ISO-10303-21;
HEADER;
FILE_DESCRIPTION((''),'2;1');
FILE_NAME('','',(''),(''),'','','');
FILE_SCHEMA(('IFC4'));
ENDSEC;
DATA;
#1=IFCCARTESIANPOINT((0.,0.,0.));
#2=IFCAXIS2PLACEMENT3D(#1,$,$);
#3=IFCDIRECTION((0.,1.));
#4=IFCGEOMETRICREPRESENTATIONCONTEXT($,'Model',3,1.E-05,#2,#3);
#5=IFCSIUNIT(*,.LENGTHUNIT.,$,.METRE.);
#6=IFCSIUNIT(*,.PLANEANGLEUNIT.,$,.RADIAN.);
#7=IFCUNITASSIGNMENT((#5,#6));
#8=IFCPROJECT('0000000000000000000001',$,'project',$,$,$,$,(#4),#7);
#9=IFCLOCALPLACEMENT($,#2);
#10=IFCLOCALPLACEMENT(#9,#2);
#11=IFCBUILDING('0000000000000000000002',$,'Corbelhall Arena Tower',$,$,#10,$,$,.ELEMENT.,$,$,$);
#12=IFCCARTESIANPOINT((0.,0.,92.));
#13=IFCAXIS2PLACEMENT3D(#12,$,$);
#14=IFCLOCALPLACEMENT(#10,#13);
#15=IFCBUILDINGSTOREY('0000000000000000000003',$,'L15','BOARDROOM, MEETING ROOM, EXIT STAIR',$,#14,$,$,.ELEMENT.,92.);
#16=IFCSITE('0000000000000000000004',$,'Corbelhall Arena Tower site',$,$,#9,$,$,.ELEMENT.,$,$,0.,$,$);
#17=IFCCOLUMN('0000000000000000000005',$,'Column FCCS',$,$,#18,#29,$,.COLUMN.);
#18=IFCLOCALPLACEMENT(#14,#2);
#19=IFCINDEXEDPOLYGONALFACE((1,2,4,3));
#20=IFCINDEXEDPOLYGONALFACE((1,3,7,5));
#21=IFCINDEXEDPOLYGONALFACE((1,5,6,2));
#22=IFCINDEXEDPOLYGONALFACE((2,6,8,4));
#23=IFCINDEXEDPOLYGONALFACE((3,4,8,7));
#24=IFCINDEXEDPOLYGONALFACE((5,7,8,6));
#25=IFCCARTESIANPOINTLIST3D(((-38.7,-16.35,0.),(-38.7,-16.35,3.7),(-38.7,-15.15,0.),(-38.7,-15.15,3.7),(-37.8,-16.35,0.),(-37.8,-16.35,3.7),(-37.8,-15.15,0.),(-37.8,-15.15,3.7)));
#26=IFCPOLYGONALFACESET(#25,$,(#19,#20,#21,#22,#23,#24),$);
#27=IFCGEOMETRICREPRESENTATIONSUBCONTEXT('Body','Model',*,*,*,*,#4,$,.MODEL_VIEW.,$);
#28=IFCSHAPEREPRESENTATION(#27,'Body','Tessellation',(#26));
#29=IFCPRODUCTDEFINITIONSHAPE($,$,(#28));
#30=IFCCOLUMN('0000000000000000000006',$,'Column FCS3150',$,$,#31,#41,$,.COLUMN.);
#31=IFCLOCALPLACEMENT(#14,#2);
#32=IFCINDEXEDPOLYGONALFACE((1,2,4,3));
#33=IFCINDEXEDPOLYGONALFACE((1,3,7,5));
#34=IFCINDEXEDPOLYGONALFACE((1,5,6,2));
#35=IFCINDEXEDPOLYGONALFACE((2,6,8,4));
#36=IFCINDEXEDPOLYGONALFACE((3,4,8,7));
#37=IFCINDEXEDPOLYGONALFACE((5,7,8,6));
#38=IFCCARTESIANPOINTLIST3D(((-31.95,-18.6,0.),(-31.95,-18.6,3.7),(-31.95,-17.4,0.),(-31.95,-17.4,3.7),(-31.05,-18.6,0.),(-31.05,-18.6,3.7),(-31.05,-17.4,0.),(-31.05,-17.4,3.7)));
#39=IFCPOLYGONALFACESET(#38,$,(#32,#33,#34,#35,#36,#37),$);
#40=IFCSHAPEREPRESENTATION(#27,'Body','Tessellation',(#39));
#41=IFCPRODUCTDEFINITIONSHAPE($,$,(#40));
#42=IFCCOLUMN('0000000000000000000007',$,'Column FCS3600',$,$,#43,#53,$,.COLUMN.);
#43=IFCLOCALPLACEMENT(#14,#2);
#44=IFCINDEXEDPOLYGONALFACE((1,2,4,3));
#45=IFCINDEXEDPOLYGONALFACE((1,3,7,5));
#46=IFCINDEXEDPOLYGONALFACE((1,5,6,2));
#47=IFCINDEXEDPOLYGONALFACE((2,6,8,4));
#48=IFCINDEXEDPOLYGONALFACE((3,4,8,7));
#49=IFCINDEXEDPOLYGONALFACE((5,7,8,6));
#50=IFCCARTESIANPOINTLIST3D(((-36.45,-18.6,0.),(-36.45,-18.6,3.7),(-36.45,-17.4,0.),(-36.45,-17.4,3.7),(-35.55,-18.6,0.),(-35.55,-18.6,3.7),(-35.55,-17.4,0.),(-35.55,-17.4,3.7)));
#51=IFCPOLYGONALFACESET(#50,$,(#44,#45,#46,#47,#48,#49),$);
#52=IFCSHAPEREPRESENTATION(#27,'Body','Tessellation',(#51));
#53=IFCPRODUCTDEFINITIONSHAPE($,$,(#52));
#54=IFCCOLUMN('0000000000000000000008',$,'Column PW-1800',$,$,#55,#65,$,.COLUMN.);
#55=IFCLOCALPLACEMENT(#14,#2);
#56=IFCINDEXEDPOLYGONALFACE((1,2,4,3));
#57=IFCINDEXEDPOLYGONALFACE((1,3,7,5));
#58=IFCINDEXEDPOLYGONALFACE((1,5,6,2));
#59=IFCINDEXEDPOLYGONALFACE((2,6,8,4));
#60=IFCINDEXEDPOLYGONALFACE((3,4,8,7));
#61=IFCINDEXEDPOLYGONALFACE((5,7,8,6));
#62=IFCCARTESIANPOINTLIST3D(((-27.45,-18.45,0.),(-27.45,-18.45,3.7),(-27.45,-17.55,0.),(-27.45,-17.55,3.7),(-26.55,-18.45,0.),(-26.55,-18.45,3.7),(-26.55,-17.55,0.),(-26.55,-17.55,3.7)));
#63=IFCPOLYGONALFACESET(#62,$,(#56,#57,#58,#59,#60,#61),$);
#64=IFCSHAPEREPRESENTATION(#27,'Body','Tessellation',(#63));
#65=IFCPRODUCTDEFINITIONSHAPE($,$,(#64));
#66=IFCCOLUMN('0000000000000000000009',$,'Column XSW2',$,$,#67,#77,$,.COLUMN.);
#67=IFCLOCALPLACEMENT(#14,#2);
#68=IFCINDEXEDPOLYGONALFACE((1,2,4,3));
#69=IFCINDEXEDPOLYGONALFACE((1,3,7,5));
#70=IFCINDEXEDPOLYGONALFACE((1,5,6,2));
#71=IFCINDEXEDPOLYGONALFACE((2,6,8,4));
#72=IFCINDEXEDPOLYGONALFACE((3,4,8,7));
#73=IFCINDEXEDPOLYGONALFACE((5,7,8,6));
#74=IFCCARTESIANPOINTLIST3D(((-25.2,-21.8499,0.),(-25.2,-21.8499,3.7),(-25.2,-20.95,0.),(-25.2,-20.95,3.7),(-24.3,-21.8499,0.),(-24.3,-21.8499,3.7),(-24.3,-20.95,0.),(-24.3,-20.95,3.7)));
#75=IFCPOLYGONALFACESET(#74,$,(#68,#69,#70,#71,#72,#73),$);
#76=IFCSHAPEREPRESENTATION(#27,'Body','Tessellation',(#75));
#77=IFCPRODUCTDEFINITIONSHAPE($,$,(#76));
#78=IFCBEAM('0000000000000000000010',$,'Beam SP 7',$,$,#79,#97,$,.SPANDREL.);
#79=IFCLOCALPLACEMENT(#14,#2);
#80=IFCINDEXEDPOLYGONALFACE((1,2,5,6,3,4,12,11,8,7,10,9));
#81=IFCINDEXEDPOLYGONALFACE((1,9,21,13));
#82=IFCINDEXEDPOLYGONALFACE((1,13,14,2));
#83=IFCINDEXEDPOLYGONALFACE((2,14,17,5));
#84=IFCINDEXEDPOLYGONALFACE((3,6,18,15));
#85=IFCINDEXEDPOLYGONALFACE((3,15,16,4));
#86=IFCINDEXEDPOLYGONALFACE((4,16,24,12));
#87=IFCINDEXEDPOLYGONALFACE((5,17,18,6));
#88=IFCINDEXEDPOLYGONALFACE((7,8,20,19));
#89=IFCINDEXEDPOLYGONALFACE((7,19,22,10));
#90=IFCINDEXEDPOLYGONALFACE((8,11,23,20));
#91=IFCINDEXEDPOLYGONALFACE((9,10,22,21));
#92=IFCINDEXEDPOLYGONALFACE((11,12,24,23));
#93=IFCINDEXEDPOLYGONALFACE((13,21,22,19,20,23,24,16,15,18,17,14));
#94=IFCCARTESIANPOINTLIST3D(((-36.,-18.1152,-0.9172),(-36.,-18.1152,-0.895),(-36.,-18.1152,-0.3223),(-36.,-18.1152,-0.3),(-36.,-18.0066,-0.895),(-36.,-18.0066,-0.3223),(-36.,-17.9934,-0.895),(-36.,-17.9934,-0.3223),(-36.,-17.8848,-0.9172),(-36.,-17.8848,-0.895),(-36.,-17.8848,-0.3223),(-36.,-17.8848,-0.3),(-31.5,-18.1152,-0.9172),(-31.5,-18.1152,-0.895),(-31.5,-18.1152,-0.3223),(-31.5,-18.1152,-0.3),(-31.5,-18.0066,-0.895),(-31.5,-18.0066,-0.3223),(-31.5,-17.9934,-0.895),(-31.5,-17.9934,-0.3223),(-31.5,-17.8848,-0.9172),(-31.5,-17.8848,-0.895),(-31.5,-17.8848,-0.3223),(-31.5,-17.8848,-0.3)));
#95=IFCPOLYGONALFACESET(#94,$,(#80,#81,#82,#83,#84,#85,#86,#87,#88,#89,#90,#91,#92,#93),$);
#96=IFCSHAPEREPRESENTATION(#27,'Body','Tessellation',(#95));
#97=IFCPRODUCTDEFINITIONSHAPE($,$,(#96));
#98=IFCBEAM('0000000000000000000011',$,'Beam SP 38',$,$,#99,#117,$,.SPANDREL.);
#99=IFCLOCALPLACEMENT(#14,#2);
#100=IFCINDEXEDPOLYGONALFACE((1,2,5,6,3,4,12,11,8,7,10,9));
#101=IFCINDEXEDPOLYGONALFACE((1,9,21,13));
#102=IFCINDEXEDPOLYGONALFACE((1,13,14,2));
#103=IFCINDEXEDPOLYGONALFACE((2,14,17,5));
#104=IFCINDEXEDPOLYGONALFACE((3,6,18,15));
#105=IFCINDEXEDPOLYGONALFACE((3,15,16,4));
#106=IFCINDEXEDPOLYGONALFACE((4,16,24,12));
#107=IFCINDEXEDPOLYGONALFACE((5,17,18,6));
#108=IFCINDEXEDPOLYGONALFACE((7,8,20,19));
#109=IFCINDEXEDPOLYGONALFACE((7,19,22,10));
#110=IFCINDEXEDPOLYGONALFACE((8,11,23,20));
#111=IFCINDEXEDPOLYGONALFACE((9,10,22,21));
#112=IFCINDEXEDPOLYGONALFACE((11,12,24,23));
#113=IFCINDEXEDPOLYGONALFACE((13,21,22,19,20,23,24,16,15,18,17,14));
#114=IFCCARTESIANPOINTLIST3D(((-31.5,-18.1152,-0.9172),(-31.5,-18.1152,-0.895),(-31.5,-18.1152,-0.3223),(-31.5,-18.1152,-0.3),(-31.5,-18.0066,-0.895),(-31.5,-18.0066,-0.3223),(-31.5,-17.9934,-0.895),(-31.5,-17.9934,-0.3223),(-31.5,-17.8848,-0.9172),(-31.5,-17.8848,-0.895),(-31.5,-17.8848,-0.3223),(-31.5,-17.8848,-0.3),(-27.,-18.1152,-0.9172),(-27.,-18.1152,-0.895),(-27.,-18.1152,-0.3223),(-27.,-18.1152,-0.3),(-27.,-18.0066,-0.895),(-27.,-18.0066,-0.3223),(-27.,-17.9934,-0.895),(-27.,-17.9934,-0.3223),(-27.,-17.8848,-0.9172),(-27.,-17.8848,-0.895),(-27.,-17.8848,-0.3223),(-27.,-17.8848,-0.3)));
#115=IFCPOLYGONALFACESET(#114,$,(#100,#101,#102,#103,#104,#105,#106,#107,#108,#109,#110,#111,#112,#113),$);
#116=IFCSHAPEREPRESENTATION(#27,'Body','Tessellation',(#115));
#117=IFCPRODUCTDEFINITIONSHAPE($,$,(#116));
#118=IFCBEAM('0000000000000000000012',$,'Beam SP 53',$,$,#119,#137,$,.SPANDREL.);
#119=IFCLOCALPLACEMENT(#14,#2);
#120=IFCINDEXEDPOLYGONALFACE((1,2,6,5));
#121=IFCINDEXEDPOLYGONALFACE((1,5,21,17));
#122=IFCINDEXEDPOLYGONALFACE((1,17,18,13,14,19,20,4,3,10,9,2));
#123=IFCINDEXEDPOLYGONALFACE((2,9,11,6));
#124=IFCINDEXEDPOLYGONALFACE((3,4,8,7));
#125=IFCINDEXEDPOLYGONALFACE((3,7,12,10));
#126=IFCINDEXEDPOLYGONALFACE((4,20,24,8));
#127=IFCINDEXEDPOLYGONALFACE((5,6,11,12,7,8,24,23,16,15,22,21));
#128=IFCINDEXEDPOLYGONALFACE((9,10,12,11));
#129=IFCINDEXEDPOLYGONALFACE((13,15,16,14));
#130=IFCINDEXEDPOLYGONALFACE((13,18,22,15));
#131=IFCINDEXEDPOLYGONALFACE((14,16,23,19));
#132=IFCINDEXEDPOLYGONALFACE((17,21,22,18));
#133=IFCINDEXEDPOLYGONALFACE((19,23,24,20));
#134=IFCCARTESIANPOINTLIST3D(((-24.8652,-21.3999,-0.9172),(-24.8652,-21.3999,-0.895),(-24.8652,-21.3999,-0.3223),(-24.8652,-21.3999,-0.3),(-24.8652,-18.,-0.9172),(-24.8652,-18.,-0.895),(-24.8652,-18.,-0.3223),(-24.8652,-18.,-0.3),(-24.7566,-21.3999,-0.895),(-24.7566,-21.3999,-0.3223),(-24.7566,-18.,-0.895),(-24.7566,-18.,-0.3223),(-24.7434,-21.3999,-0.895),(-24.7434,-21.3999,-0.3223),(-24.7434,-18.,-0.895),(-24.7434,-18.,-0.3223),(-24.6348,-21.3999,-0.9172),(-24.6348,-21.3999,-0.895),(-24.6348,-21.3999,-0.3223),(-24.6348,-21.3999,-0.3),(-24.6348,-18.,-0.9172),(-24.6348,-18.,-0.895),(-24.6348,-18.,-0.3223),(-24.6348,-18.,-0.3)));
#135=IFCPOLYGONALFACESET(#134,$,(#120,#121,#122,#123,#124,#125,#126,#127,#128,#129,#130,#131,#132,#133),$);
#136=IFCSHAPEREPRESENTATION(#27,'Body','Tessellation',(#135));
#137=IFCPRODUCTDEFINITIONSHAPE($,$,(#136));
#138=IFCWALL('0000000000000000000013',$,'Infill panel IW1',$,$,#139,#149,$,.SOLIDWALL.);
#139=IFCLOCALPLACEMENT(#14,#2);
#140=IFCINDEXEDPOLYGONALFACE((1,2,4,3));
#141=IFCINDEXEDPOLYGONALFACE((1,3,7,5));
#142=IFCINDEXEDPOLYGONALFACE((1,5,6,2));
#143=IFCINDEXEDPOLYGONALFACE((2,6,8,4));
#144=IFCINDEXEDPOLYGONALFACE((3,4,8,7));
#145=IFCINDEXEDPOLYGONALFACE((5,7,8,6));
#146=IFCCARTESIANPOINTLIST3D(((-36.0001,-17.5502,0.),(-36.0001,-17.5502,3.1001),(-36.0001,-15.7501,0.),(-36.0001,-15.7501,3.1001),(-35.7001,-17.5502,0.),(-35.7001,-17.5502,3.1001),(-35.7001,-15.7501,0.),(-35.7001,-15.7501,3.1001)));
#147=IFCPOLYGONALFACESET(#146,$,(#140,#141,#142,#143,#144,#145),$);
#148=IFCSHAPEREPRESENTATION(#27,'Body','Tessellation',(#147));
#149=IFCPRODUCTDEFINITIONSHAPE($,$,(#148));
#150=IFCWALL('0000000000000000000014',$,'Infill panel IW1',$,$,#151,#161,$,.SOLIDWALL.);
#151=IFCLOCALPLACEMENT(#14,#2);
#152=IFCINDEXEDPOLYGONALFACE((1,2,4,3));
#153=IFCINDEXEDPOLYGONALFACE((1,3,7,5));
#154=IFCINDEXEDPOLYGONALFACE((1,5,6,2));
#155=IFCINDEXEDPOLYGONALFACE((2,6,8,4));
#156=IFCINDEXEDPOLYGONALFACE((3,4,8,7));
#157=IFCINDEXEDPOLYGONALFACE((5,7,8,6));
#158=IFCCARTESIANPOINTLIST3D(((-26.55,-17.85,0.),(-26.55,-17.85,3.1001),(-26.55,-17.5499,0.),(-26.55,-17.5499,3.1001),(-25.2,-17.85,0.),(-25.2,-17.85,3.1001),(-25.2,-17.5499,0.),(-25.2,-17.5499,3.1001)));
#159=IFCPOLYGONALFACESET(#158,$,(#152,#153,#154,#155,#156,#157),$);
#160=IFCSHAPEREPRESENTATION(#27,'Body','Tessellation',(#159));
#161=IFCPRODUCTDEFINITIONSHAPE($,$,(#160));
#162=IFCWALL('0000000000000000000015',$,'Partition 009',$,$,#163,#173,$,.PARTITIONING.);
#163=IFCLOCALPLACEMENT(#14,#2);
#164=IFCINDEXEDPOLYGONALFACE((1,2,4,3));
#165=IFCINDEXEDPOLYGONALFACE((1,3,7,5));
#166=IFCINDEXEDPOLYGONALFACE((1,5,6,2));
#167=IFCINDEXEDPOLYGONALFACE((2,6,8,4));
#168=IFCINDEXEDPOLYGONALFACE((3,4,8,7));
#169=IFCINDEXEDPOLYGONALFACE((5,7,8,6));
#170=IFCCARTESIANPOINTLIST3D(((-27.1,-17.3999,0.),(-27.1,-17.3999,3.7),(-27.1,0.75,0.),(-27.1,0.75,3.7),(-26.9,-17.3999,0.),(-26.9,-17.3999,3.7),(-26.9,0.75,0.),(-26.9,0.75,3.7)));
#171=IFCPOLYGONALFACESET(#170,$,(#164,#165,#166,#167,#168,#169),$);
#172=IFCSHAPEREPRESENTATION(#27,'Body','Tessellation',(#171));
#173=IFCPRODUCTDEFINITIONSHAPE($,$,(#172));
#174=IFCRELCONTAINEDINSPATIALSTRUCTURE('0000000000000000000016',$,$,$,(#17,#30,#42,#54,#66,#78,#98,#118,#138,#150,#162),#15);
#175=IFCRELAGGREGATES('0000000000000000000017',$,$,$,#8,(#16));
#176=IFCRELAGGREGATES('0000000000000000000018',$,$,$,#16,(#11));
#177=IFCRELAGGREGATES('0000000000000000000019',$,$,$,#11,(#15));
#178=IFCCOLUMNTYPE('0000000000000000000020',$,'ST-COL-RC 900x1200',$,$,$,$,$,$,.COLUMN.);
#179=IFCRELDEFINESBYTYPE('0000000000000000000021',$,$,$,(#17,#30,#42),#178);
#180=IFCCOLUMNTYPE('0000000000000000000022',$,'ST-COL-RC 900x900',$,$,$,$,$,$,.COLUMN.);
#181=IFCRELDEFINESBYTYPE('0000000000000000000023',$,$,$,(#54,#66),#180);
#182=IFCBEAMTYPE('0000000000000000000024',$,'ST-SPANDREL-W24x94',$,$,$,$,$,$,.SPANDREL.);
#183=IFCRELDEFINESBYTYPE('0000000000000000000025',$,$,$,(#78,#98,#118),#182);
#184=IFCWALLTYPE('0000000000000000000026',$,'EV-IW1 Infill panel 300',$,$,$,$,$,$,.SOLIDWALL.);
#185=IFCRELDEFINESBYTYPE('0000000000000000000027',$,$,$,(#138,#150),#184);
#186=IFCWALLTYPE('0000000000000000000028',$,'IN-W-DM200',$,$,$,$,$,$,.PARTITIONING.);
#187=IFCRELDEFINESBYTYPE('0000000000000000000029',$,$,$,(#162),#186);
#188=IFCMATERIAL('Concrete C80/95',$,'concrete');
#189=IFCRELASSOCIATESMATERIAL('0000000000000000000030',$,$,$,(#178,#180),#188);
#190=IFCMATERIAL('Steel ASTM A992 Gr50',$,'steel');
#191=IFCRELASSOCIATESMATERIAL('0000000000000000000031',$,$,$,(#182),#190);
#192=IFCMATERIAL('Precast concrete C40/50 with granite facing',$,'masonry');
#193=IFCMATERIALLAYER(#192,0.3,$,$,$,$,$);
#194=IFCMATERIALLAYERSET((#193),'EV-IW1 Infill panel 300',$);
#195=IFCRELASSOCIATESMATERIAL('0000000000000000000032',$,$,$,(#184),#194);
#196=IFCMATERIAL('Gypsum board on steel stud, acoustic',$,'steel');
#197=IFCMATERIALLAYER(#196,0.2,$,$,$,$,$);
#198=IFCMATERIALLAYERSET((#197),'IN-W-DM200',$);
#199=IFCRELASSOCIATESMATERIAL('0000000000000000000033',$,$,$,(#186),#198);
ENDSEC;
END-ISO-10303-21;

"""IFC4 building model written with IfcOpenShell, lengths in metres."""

from ifc_helpers import new_model, si_unit, direction, frame, frame_2d, origin, origin_2d, place, context, subcontext, project, spatial, rectangle, i_section, extrude, material, layer, layer_set, material_profile, profile_set, type_object, element, save


model = new_model("IFC4")

# Units and contexts
model_context = context("Model", 3, precision=1e-05, world=origin(), true_north=direction((0.0, 1.0)))
body_context = subcontext(model_context, "Body", "Model", "MODEL_VIEW")
ifc_project = project(units=[si_unit("LENGTHUNIT", "METRE"), si_unit("PLANEANGLEUNIT", "RADIAN")], contexts=[model_context])

# Site, building, storey
site_placement = place(None, origin())
site = spatial("IfcSite", under=ifc_project, at=site_placement, Name="Corbelhall Arena Tower site", CompositionType="ELEMENT", RefElevation=0.0)
building_placement = place(site_placement, origin())
building = spatial("IfcBuilding", under=site, at=building_placement, Name="Corbelhall Arena Tower", CompositionType="ELEMENT")
storey_placement = place(building_placement, frame((0.0, 0.0, 92.0)))
storey = spatial("IfcBuildingStorey", under=building, at=storey_placement, Name="L15", Description="BOARDROOM, MEETING ROOM, EXIT STAIR", CompositionType="ELEMENT", Elevation=92.0)

# Columns
ifc_material_1 = material(Name="Concrete C80/95", Category="concrete")
ifc_material_profile_1 = material_profile(ifc_material_1, rectangle(XDim=0.8999, YDim=1.2, at=origin_2d()))
ifc_profile_set_1 = profile_set([ifc_material_profile_1], Name="Concrete C80/95")
column_type_1 = type_object("IfcColumnType", Name="ST-COL-RC 900x1200", PredefinedType="COLUMN", material=ifc_profile_set_1)
for number, where, z_axis, x_axis, name in (
    (1, (-38.25, -15.75, 0.0), (0.0, 0.0, 1.0), (1.0, 0.0, 0.0), "Column FCCS"),
    (2, (-31.5, -18.0, 0.0), (0.0, 0.0, 1.0), (1.0, 0.0, 0.0), "Column FCS3150"),
    (3, (-36.0, -18.0, 0.0), (0.0, 0.0, 1.0), (1.0, 0.0, 0.0), "Column FCS3600"),
):
    element("IfcColumn", number, at=place(storey_placement, frame(where, z_axis=z_axis, x_axis=x_axis)), inside=storey, type_object=column_type_1, Name=name, PredefinedType="COLUMN", context=body_context, shape_type="SweptSolid", body=[
        extrude(rectangle(XDim=0.8999, YDim=1.2, at=origin_2d()), origin(), (0.0, 0.0, 1.0), 3.7),
    ])
ifc_material_profile_2 = material_profile(ifc_material_1, rectangle(XDim=0.8999, YDim=0.8999, at=origin_2d()))
ifc_profile_set_2 = profile_set([ifc_material_profile_2], Name="Concrete C80/95")
column_type_2 = type_object("IfcColumnType", Name="ST-COL-RC 900x900", PredefinedType="COLUMN", material=ifc_profile_set_2)
for number, where, z_axis, x_axis, name in (
    (4, (-27.0, -18.0, 0.0), (0.0, 0.0, 1.0), (1.0, 0.0, 0.0), "Column PW-1800"),
    (5, (-24.75, -21.3999, 0.0), (0.0, 0.0, 1.0), (1.0, 0.0, 0.0), "Column XSW2"),
):
    element("IfcColumn", number, at=place(storey_placement, frame(where, z_axis=z_axis, x_axis=x_axis)), inside=storey, type_object=column_type_2, Name=name, PredefinedType="COLUMN", context=body_context, shape_type="SweptSolid", body=[
        extrude(rectangle(XDim=0.8999, YDim=0.8999, at=origin_2d()), origin(), (0.0, 0.0, 1.0), 3.7),
    ])

# Beams
ifc_material_2 = material(Name="Steel ASTM A992 Gr50", Category="steel")
ifc_material_profile_3 = material_profile(ifc_material_2, i_section(OverallWidth=0.2305, OverallDepth=0.6172, WebThickness=0.0132, FlangeThickness=0.0222, at=origin_2d()))
ifc_profile_set_3 = profile_set([ifc_material_profile_3], Name="Steel ASTM A992 Gr50")
beam_type = type_object("IfcBeamType", Name="ST-SPANDREL-W24x94", PredefinedType="SPANDREL", material=ifc_profile_set_3)
for number, where, z_axis, x_axis, name in (
    (6, (-31.5, -18.0, -0.6086), (-1.0, 0.0, 0.0), (0.0, -1.0, 0.0), "Beam SP 7"),
    (7, (-27.0, -18.0, -0.6086), (-1.0, 0.0, 0.0), (0.0, -1.0, 0.0), "Beam SP 38"),
):
    element("IfcBeam", number, at=place(storey_placement, frame(where, z_axis=z_axis, x_axis=x_axis)), inside=storey, type_object=beam_type, Name=name, PredefinedType="SPANDREL", context=body_context, shape_type="SweptSolid", body=[
        extrude(i_section(OverallWidth=0.2305, OverallDepth=0.6172, WebThickness=0.0132, FlangeThickness=0.0222, at=origin_2d()), origin(), (0.0, 0.0, 1.0), 4.5),
    ])
beam_placement = place(storey_placement, frame((-24.75, -21.3999, -0.6086), z_axis=(0.0, 1.0, 0.0), x_axis=(-1.0, 0.0, 0.0)))
element("IfcBeam", 8, at=beam_placement, inside=storey, type_object=beam_type, Name="Beam SP 53", PredefinedType="SPANDREL", context=body_context, shape_type="SweptSolid", body=[
    extrude(i_section(OverallWidth=0.2305, OverallDepth=0.6172, WebThickness=0.0132, FlangeThickness=0.0222, at=origin_2d()), origin(), (0.0, 0.0, 1.0), 3.3999),
])

# Wall
ifc_material_3 = material(Name="Precast concrete C40/50 with granite facing", Category="masonry")
ifc_layer_1 = layer(ifc_material_3, 0.3)
ifc_layer_set_1 = layer_set([ifc_layer_1], Name="EV-IW1 Infill panel 300")
wall_type_1 = type_object("IfcWallType", Name="EV-IW1 Infill panel 300", PredefinedType="SOLIDWALL", material=ifc_layer_set_1)
wall_1_placement = place(storey_placement, frame((-35.8501, -17.55, 0.0), z_axis=(0.0, 0.0, 1.0), x_axis=(0.0, 1.0, 0.0)))
element("IfcWall", 9, at=wall_1_placement, inside=storey, type_object=wall_type_1, Name="Infill panel IW1", PredefinedType="SOLIDWALL", context=body_context, shape_type="SweptSolid", body=[
    extrude(rectangle(XDim=1.8, YDim=0.3, at=frame_2d((0.8999, 0.0))), origin(), (0.0, 0.0, 1.0), 3.1001),
])

# Walls
wall_2_placement = place(storey_placement, frame((-26.55, -17.7, 0.0), z_axis=(0.0, 0.0, 1.0), x_axis=(1.0, 0.0, 0.0)))
element("IfcWall", 10, at=wall_2_placement, inside=storey, type_object=wall_type_1, Name="Infill panel IW1", PredefinedType="SOLIDWALL", context=body_context, shape_type="SweptSolid", body=[
    extrude(rectangle(XDim=1.3501, YDim=0.3, at=frame_2d((0.675, 0.0))), origin(), (0.0, 0.0, 1.0), 3.1001),
])
ifc_material_4 = material(Name="Gypsum board on steel stud, acoustic", Category="steel")
ifc_layer_2 = layer(ifc_material_4, 0.2)
ifc_layer_set_2 = layer_set([ifc_layer_2], Name="IN-W-DM200")
wall_type_2 = type_object("IfcWallType", Name="IN-W-DM200", PredefinedType="PARTITIONING", material=ifc_layer_set_2)
wall_3_placement = place(storey_placement, frame((-27.0, -17.3999, 0.0), z_axis=(0.0, 0.0, 1.0), x_axis=(0.0, 1.0, 0.0)))
element("IfcWall", 11, at=wall_3_placement, inside=storey, type_object=wall_type_2, Name="Partition 009", PredefinedType="PARTITIONING", context=body_context, shape_type="SweptSolid", body=[
    extrude(rectangle(XDim=18.1499, YDim=0.2, at=frame_2d((9.075, 0.0))), origin(), (0.0, 0.0, 1.0), 3.7),
])

save(model, "model.ifc")
